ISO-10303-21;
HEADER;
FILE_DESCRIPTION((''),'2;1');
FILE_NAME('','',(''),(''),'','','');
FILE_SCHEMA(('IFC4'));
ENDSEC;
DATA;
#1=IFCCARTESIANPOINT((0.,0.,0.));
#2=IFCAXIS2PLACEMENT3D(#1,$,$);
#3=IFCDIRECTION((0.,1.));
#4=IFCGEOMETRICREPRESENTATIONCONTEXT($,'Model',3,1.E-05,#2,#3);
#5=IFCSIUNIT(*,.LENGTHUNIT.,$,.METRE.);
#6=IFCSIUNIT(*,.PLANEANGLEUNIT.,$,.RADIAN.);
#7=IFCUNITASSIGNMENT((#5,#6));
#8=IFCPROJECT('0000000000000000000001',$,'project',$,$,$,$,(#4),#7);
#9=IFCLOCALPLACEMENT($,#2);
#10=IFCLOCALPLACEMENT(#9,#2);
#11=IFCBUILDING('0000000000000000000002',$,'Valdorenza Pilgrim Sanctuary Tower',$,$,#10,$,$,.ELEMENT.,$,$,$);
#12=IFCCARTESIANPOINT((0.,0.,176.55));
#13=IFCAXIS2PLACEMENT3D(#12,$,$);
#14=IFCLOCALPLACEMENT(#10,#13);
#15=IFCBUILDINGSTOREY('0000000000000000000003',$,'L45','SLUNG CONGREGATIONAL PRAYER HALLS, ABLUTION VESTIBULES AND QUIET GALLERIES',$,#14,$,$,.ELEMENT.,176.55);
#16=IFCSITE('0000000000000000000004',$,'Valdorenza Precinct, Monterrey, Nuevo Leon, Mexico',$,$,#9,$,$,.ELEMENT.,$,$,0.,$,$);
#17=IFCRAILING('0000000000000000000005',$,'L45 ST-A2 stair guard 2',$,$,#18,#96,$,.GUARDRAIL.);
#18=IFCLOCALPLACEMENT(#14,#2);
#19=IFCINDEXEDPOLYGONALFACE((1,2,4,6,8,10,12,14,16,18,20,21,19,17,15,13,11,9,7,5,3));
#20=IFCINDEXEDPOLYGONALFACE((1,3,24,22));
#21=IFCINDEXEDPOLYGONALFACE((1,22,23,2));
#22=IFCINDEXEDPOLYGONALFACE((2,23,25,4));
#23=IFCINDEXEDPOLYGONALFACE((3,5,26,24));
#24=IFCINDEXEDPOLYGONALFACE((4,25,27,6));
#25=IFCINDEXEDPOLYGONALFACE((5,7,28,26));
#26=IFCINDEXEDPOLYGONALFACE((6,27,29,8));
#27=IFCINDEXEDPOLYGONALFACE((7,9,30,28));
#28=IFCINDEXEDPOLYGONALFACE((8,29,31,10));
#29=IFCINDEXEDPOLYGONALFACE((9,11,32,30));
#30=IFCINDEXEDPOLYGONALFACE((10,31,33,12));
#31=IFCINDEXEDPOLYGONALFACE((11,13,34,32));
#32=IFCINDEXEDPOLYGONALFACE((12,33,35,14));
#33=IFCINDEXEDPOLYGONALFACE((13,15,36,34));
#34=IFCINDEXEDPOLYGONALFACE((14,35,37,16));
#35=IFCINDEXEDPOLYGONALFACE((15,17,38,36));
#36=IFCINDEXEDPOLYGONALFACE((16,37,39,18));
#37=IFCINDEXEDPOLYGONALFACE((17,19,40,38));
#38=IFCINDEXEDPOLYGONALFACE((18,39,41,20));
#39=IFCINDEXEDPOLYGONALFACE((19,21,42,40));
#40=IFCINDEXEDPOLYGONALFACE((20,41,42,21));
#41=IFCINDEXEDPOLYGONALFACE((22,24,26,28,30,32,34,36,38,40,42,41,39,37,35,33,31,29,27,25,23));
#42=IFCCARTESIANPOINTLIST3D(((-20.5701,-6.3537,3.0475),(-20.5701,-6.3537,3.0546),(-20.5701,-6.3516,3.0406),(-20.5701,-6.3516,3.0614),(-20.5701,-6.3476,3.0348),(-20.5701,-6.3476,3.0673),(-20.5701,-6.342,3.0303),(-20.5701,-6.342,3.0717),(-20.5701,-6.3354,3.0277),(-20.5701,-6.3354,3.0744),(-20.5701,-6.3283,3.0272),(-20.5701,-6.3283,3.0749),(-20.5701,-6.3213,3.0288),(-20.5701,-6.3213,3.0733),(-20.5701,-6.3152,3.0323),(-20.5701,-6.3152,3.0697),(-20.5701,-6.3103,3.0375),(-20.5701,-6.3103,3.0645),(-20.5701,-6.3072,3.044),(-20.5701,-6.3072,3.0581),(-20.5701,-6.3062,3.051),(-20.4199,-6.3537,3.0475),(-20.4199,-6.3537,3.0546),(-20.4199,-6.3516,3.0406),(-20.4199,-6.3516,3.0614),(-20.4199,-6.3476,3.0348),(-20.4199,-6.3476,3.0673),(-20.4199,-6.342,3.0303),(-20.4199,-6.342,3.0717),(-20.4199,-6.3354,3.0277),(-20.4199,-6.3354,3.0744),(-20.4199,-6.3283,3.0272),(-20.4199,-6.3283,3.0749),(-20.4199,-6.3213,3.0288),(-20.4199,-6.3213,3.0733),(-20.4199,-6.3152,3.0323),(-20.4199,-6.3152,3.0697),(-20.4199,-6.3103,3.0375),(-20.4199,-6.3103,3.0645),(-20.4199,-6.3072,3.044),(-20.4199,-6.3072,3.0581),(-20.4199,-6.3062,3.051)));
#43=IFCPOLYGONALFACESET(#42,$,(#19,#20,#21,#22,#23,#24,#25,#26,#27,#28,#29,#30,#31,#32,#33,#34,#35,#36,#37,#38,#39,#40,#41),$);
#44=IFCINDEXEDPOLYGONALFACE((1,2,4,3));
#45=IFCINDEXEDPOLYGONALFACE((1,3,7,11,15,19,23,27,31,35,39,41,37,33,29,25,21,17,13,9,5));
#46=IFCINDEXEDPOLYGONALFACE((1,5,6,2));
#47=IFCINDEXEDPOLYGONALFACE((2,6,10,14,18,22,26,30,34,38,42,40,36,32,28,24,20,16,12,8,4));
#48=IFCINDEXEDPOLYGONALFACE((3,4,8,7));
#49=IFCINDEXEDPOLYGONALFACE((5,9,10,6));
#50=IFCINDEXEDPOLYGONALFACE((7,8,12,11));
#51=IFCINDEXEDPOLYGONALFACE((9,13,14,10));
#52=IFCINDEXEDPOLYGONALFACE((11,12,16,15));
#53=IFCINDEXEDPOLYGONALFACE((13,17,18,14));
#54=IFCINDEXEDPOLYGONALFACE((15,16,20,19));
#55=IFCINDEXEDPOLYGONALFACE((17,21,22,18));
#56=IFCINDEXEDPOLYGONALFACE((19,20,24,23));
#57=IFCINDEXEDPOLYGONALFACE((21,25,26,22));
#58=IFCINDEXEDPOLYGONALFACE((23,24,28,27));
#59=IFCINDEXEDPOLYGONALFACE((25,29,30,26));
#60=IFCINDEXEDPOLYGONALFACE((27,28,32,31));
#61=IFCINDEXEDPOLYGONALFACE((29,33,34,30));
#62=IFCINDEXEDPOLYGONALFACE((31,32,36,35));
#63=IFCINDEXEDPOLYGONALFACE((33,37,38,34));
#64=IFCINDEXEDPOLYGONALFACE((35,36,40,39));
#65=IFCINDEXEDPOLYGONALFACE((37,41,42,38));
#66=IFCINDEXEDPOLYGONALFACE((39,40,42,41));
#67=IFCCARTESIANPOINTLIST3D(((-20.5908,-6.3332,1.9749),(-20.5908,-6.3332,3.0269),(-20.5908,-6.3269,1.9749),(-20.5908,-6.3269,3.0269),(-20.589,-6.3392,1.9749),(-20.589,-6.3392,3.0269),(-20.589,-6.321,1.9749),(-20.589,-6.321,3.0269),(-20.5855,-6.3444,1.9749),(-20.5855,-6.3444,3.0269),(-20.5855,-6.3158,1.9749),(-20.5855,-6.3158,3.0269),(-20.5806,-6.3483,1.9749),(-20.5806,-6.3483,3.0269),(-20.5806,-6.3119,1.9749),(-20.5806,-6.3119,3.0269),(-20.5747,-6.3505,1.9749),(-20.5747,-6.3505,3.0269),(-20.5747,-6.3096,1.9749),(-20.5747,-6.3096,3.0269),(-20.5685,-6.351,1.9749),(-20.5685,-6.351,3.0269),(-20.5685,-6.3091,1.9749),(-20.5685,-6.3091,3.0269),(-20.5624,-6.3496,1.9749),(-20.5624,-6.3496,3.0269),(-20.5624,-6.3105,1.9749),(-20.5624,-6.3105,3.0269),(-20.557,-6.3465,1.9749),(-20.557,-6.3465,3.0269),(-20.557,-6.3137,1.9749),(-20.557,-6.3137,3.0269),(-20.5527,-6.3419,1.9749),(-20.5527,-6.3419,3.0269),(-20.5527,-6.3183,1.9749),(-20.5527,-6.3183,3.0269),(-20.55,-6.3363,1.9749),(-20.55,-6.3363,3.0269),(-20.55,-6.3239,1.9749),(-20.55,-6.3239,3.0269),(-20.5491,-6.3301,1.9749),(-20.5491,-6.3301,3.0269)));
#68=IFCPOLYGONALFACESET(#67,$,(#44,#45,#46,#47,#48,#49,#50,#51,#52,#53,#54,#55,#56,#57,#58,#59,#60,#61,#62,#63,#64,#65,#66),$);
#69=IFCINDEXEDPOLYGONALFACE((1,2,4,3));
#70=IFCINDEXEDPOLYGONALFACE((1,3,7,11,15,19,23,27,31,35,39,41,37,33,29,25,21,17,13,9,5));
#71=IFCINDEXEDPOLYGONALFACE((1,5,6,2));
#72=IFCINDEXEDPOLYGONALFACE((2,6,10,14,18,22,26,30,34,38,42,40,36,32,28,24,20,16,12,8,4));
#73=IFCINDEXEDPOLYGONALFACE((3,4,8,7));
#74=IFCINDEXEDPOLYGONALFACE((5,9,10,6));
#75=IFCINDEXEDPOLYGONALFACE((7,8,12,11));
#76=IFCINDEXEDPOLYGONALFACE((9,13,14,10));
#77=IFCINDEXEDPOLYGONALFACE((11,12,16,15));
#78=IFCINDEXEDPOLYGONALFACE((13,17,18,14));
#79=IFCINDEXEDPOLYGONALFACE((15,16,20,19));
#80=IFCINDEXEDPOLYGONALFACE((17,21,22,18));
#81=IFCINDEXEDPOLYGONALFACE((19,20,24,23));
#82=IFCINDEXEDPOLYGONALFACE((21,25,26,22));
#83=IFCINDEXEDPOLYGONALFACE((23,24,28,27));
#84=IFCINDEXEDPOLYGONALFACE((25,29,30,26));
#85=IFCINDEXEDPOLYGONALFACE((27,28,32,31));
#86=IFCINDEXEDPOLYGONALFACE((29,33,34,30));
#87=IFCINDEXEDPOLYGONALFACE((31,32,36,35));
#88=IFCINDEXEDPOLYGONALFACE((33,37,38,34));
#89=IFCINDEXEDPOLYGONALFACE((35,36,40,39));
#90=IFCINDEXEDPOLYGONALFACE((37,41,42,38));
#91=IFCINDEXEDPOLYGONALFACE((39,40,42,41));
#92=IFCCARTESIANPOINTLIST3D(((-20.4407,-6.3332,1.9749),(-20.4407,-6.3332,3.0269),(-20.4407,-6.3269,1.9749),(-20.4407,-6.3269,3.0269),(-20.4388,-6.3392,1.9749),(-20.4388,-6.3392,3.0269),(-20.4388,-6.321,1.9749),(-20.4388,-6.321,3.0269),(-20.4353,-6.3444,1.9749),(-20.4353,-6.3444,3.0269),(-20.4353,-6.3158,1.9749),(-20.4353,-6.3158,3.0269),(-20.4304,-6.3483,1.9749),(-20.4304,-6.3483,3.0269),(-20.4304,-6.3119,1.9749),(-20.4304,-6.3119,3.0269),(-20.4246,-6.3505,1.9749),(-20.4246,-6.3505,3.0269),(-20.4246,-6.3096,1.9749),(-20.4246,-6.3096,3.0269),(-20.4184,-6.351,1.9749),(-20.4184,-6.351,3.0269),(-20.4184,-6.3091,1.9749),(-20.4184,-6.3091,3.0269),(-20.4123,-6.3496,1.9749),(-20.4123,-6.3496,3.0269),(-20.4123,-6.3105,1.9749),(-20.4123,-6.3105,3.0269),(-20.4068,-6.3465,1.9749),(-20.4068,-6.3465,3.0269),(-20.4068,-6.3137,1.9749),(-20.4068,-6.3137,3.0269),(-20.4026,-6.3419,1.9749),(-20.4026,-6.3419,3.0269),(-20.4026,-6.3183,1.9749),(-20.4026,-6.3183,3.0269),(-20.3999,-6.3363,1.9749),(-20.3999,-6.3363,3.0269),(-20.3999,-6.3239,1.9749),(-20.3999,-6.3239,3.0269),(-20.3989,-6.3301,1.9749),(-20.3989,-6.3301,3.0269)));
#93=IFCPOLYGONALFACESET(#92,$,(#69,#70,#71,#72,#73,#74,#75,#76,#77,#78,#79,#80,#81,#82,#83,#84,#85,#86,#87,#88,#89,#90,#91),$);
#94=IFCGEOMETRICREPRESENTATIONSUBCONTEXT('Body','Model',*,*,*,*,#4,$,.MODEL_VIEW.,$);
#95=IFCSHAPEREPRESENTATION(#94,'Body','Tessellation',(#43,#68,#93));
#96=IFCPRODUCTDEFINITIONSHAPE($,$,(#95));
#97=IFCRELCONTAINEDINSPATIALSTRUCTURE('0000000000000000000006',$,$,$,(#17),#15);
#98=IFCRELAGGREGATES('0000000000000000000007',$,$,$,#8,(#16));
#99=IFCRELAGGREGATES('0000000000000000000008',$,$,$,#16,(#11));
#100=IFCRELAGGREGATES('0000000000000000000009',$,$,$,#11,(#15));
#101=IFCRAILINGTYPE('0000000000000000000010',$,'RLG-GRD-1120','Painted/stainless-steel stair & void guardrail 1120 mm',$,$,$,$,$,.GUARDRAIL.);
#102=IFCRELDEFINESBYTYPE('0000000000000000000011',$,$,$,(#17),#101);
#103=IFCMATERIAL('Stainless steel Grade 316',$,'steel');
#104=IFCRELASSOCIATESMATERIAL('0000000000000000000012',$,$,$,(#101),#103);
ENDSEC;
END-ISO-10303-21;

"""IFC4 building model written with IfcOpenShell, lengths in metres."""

from ifc_helpers import new_model, si_unit, direction, frame, origin, origin_2d, place, context, subcontext, project, spatial, circle, extrude, material, type_object, element, save


model = new_model("IFC4")

# Units and contexts
model_context = context("Model", 3, precision=1e-05, world=origin(), true_north=direction((0.0, 1.0)))
body_context = subcontext(model_context, "Body", "Model", "MODEL_VIEW")
ifc_project = project(units=[si_unit("LENGTHUNIT", "METRE"), si_unit("PLANEANGLEUNIT", "RADIAN")], contexts=[model_context])

# Site, building, storey
site_placement = place(None, origin())
site = spatial("IfcSite", under=ifc_project, at=site_placement, Name="Valdorenza Precinct, Monterrey, Nuevo Leon, Mexico", CompositionType="ELEMENT", RefElevation=0.0)
building_placement = place(site_placement, origin())
building = spatial("IfcBuilding", under=site, at=building_placement, Name="Valdorenza Pilgrim Sanctuary Tower", CompositionType="ELEMENT")
storey_placement = place(building_placement, frame((0.0, 0.0, 176.55)))
storey = spatial("IfcBuildingStorey", under=building, at=storey_placement, Name="L45", Description="SLUNG CONGREGATIONAL PRAYER HALLS, ABLUTION VESTIBULES AND QUIET GALLERIES", CompositionType="ELEMENT", Elevation=176.55)

# Railing
ifc_material_1 = material(Name="Stainless steel Grade 316", Category="steel")
railing_type_1 = type_object("IfcRailingType", Name="RLG-GRD-1120", Description="Painted/stainless-steel stair & void guardrail 1120 mm", PredefinedType="GUARDRAIL", material=ifc_material_1)
railing_1_placement = place(storey_placement, frame((-20.5701, -6.3301, 1.9749)))
element("IfcRailing", 1, at=railing_1_placement, inside=storey, type_object=railing_type_1, Name="L45 ST-A2 stair guard 2", PredefinedType="GUARDRAIL", context=body_context, shape_type="SweptSolid", body=[
    extrude(circle(Radius=0.0239, at=origin_2d()), frame((0.0, 0.0, 1.0762), z_axis=(1.0, 0.0, 0.0), x_axis=(0.0, 1.0, 0.0)), (0.0, 0.0, 1.0), 0.1501),
    extrude(circle(Radius=0.021, at=origin_2d()), origin(), (0.0, 0.0, 1.0), 1.052),
    extrude(circle(Radius=0.021, at=origin_2d()), frame((0.1501, 0.0, 0.0)), (0.0, 0.0, 1.0), 1.052),
])

save(model, "model.ifc")
